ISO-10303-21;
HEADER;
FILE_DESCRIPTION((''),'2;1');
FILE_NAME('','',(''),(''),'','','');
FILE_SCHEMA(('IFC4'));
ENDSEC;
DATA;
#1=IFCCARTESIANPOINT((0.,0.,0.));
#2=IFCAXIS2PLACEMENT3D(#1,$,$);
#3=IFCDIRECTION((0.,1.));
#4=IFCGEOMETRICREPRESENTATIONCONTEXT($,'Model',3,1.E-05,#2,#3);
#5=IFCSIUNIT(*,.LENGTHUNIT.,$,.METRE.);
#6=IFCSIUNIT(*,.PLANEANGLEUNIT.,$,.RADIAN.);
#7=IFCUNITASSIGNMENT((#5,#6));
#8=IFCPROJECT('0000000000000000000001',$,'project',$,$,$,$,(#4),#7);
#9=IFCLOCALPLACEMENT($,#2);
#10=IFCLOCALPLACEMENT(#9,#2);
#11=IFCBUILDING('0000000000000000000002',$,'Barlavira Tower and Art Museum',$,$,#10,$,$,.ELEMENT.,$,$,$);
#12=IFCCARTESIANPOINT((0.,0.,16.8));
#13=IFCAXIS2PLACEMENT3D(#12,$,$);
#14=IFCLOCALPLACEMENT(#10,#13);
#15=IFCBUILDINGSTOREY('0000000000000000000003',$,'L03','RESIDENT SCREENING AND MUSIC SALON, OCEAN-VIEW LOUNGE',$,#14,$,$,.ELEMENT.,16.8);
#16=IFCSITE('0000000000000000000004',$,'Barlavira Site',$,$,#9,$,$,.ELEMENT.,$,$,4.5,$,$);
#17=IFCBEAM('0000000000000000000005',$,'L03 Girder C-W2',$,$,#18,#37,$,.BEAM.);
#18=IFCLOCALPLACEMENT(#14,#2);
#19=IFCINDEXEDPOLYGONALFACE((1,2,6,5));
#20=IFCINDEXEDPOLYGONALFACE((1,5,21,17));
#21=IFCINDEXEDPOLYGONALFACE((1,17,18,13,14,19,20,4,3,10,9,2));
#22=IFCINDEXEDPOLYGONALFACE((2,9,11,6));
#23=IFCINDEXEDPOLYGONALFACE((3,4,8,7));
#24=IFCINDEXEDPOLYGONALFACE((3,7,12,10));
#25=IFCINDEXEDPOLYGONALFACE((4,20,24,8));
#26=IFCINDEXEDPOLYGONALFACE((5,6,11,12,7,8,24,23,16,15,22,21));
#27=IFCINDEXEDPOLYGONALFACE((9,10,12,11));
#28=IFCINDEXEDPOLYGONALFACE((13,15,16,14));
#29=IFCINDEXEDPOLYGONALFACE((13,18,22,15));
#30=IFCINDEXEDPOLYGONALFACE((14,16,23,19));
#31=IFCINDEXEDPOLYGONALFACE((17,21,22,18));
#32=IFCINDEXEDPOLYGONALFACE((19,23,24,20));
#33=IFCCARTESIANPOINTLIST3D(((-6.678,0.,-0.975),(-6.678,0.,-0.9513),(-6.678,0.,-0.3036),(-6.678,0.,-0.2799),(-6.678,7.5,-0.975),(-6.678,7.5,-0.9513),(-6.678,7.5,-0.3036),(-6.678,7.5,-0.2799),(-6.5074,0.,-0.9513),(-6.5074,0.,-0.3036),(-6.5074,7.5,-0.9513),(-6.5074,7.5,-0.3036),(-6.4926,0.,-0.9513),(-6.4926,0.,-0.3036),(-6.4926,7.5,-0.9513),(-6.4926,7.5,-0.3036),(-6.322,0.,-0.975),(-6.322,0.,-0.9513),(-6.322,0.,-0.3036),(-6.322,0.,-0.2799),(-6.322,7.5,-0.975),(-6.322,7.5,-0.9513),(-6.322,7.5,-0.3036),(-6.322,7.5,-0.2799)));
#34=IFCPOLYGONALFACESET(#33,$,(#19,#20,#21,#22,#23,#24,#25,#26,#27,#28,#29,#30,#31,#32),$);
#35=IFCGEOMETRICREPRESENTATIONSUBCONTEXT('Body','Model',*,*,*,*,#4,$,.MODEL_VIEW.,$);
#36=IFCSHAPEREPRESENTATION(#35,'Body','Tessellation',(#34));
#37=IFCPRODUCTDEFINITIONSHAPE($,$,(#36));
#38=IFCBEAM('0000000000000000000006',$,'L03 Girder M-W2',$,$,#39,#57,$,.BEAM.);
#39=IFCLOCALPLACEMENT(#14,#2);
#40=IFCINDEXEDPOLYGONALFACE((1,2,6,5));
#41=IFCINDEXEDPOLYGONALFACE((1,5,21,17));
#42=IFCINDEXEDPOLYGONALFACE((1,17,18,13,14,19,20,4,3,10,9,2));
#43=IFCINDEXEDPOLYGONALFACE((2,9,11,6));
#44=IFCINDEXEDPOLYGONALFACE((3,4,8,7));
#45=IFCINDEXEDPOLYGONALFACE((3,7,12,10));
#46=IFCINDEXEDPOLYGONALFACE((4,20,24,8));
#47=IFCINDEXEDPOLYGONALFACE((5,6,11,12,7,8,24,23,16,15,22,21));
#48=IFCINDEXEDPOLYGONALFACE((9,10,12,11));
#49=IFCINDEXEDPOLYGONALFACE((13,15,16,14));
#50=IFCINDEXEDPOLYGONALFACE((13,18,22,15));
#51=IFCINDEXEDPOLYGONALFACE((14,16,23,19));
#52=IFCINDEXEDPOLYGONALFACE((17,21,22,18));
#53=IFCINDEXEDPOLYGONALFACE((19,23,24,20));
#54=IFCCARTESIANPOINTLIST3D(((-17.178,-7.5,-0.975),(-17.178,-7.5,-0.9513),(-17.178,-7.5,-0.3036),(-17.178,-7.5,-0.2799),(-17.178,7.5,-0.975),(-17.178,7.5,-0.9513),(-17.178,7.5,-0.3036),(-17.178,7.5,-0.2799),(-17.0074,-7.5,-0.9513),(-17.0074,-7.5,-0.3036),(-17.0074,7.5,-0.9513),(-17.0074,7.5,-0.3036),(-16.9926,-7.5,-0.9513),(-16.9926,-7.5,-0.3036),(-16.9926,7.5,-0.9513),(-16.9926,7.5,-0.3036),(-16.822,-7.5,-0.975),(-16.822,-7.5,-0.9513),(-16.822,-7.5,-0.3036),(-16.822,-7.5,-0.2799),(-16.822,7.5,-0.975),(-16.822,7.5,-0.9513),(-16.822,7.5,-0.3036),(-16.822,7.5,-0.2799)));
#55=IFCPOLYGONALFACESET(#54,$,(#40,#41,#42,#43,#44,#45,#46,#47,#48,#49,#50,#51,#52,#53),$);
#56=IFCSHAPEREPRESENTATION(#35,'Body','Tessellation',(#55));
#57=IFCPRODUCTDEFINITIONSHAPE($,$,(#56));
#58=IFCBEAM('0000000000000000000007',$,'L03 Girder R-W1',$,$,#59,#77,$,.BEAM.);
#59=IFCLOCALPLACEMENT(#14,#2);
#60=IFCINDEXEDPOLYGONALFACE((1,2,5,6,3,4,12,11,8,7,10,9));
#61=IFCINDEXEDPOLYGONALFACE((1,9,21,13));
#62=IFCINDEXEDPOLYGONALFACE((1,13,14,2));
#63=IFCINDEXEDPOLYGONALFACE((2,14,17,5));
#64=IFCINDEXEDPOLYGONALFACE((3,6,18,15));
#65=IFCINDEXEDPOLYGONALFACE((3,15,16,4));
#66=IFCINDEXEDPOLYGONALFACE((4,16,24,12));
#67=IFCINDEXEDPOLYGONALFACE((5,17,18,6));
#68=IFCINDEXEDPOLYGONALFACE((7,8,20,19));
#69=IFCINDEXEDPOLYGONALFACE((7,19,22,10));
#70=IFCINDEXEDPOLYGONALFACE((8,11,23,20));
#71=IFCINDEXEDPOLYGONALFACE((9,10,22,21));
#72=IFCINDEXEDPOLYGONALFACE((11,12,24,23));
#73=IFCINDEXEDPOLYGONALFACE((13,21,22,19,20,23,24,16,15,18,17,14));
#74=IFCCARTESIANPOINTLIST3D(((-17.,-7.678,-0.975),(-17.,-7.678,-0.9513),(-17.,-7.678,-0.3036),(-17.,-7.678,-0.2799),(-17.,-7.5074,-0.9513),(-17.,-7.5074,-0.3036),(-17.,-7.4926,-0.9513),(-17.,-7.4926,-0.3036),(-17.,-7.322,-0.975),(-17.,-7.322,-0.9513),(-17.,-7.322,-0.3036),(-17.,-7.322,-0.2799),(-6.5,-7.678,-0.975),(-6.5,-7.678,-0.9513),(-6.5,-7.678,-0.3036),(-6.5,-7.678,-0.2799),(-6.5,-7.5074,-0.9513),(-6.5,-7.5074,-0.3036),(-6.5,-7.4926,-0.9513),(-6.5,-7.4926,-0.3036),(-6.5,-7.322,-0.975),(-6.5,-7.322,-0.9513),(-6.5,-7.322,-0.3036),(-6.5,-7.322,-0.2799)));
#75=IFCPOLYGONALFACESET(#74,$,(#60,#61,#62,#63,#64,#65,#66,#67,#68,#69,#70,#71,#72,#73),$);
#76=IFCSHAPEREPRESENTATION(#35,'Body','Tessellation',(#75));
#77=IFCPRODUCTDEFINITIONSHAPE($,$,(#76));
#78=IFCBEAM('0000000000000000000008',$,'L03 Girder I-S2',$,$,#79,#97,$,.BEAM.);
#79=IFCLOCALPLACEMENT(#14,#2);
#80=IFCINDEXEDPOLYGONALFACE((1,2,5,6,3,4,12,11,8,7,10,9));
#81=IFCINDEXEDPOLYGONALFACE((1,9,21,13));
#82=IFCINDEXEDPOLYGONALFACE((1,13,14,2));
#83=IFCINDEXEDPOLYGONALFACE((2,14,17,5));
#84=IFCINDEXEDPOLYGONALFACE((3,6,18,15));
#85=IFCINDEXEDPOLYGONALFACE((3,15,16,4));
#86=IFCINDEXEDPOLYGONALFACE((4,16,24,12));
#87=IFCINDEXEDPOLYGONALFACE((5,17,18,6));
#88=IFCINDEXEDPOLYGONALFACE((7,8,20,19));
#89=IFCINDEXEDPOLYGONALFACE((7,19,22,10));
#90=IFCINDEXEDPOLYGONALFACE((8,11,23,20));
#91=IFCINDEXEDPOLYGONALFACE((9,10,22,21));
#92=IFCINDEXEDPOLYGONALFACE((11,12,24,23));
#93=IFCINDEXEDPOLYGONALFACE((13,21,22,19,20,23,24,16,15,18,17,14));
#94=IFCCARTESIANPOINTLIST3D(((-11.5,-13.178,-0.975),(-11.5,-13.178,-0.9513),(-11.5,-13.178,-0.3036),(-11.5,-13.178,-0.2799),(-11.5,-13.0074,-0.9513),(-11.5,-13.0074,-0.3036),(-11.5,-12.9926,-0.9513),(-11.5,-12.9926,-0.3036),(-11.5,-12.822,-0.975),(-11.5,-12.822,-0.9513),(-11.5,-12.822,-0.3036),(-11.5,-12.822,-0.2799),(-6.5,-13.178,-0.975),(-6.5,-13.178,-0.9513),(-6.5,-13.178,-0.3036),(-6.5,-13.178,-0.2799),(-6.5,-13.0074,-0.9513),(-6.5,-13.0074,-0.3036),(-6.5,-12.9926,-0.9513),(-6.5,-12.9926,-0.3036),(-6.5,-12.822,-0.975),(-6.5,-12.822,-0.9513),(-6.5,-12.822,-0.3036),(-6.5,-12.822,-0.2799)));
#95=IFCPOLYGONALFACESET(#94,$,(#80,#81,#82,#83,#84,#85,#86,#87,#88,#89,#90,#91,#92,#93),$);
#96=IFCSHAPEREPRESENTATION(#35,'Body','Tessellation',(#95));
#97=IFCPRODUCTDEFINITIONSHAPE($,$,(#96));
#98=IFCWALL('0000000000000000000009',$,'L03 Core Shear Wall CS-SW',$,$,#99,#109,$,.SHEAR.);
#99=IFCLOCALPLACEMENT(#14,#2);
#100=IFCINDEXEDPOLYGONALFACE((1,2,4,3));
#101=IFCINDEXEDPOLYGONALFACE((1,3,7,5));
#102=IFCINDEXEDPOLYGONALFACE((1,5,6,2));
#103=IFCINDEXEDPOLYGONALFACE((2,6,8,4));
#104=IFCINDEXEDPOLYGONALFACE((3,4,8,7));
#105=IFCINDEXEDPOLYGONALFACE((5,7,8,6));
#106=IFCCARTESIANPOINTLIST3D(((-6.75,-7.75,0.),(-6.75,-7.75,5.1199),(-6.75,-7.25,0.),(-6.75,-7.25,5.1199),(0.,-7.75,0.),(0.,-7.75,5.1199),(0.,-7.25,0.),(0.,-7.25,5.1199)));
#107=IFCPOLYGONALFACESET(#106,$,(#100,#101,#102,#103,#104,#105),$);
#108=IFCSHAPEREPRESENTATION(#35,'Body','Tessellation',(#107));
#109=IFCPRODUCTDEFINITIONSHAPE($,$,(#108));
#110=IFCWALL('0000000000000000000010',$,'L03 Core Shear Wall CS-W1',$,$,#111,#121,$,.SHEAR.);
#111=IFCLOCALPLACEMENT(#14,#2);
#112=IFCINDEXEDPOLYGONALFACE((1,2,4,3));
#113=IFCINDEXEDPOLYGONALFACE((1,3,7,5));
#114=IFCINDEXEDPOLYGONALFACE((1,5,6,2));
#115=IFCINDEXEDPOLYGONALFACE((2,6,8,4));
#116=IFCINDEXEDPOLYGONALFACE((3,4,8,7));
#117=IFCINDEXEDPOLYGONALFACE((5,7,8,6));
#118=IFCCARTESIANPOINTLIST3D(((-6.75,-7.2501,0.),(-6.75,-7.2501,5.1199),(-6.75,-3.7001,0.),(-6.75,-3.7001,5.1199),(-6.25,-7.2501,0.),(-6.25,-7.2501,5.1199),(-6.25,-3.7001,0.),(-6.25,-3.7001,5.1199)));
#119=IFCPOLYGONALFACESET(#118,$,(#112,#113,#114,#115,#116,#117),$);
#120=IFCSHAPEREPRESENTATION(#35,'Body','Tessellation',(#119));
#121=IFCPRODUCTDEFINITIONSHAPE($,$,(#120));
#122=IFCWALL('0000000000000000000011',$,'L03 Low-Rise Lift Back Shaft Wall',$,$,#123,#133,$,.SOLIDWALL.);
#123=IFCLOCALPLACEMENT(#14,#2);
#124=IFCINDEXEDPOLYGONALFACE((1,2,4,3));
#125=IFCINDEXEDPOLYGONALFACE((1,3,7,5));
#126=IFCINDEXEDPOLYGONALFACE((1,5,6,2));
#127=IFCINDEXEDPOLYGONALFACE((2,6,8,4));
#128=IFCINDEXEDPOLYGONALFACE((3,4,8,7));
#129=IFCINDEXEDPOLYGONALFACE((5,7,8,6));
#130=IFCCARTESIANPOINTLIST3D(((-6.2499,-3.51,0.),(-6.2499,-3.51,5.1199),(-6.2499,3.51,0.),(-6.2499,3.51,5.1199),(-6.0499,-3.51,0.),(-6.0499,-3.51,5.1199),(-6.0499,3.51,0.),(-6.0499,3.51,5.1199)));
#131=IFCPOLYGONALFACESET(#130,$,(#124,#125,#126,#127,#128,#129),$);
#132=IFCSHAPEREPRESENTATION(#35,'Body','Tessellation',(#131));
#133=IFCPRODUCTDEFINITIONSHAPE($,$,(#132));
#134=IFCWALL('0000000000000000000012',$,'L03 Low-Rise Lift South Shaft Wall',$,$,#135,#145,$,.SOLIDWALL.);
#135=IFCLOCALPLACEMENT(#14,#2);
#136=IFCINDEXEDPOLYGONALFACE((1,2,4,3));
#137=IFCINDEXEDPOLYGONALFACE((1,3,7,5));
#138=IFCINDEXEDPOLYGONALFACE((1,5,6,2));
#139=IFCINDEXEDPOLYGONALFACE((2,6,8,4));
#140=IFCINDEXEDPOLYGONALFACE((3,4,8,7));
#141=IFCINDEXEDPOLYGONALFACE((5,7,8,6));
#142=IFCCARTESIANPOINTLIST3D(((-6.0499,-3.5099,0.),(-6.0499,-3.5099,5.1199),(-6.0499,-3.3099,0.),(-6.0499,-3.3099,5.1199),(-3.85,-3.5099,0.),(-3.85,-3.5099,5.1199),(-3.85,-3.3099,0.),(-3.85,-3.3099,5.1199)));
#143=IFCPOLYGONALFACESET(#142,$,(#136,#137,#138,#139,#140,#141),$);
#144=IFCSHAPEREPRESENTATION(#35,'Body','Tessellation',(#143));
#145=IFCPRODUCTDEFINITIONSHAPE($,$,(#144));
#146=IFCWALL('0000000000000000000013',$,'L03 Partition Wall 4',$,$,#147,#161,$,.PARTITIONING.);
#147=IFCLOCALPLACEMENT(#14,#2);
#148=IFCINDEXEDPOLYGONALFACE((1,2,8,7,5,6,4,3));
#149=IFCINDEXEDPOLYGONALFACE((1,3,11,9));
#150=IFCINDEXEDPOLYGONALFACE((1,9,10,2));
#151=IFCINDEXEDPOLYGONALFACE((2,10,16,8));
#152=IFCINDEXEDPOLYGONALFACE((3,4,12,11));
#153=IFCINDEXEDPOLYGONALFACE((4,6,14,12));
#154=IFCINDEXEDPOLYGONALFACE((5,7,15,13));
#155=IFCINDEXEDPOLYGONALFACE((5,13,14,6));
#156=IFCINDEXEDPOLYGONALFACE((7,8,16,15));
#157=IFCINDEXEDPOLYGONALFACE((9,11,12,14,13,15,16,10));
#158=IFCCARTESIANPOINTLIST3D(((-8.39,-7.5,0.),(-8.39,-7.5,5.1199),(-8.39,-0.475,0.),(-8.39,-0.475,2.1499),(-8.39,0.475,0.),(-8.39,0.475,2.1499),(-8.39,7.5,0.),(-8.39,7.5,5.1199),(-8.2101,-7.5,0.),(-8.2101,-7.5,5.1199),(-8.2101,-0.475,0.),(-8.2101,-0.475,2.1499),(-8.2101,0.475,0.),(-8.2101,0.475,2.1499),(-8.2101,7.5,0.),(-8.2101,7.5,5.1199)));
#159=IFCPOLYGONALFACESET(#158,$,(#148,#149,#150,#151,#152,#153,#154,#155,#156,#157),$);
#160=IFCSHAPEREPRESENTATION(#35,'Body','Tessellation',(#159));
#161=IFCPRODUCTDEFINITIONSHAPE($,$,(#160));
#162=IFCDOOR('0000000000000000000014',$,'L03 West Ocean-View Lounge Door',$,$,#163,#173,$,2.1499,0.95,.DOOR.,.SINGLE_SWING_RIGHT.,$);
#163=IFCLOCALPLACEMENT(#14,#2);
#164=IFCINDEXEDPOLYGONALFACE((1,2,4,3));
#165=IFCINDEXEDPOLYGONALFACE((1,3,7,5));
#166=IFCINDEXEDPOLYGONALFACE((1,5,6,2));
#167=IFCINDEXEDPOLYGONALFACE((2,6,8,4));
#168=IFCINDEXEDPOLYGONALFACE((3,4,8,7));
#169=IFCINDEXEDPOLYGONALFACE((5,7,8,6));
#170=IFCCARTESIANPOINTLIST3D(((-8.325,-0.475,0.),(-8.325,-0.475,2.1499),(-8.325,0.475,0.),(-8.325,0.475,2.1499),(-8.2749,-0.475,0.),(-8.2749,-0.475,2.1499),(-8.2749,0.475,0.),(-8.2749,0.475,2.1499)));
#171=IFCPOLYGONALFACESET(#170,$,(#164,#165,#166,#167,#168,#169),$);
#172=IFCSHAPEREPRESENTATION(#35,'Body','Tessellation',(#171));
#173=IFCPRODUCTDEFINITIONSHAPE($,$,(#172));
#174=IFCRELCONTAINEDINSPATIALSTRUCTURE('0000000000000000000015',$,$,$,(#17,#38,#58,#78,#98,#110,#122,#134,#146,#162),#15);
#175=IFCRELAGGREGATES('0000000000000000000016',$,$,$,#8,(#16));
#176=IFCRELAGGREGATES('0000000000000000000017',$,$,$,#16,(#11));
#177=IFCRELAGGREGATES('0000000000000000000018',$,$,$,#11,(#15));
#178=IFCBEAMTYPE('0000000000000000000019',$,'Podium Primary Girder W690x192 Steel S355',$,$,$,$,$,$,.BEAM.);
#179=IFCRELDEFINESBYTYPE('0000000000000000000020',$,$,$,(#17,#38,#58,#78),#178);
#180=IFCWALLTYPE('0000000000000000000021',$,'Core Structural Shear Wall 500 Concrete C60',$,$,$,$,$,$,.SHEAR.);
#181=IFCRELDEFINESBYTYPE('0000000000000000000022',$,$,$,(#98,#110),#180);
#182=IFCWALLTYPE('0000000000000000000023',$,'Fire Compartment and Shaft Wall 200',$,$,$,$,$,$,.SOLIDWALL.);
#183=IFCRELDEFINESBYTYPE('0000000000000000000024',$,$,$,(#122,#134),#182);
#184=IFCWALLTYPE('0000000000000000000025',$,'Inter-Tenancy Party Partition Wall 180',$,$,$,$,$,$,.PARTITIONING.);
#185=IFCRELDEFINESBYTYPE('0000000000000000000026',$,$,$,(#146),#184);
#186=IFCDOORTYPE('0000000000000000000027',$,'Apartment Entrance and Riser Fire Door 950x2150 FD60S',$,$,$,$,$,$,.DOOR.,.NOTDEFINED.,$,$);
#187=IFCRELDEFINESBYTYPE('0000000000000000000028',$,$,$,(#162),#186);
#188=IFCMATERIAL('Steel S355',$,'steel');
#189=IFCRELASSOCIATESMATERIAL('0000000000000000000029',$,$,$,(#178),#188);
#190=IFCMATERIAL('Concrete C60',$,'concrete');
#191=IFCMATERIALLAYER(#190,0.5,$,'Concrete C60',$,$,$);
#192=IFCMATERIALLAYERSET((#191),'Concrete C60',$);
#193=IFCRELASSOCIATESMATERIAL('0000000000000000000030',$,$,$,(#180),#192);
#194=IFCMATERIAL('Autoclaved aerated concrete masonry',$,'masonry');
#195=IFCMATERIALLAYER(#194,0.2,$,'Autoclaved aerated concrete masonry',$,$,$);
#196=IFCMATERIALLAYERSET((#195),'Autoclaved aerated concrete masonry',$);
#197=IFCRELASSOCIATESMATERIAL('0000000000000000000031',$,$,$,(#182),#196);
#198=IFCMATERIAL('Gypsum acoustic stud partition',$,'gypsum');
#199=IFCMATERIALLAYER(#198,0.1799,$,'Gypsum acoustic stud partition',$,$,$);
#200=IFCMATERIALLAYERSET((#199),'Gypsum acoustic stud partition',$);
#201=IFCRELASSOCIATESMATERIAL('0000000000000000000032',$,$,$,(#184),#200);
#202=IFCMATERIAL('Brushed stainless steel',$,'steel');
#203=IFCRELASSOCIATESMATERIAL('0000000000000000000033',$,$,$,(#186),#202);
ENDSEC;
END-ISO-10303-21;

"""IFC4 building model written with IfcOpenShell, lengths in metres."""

from ifc_helpers import new_model, si_unit, direction, frame, frame_2d, origin, origin_2d, place, context, subcontext, project, spatial, rectangle, i_section, extrude, material, layer, layer_set, material_profile, profile_set, type_object, element, fill, save


model = new_model("IFC4")

# Units and contexts
model_context = context("Model", 3, precision=1e-05, world=origin(), true_north=direction((0.0, 1.0)))
body_context = subcontext(model_context, "Body", "Model", "MODEL_VIEW")
ifc_project = project(units=[si_unit("LENGTHUNIT", "METRE"), si_unit("PLANEANGLEUNIT", "RADIAN")], contexts=[model_context])

# Site, building, storey
site_placement = place(None, origin())
site = spatial("IfcSite", under=ifc_project, at=site_placement, Name="Barlavira Site", CompositionType="ELEMENT", RefElevation=4.5)
building_placement = place(site_placement, origin())
building = spatial("IfcBuilding", under=site, at=building_placement, Name="Barlavira Tower and Art Museum", CompositionType="ELEMENT")
storey_placement = place(building_placement, frame((0.0, 0.0, 16.8)))
storey = spatial("IfcBuildingStorey", under=building, at=storey_placement, Name="L03", Description="RESIDENT SCREENING AND MUSIC SALON, OCEAN-VIEW LOUNGE", CompositionType="ELEMENT", Elevation=16.8)

# Shared definitions
ifc_material_1 = material(Name="Steel S355", Category="steel")
ifc_material_2 = material(Name="Concrete C60", Category="concrete")

# Beams
ifc_material_profile_1 = material_profile(ifc_material_1, i_section(OverallWidth=0.356, OverallDepth=0.6951, WebThickness=0.0149, FlangeThickness=0.0237, at=origin_2d()), Name="W690x192.0")
ifc_profile_set_1 = profile_set([ifc_material_profile_1], Name="Steel S355")
beam_type_1 = type_object("IfcBeamType", Name="Podium Primary Girder W690x192 Steel S355", PredefinedType="BEAM", material=ifc_profile_set_1)
for number, where, z_axis, x_axis, name in (
    (1, (-6.5, 0.0, -0.6274), (0.0, 1.0, 0.0), (-1.0, 0.0, 0.0), "L03 Girder C-W2"),
):
    element("IfcBeam", number, at=place(storey_placement, frame(where, z_axis=z_axis, x_axis=x_axis)), inside=storey, type_object=beam_type_1, Name=name, PredefinedType="BEAM", context=body_context, shape_type="SweptSolid", body=[
        extrude(i_section(OverallWidth=0.356, OverallDepth=0.6951, WebThickness=0.0149, FlangeThickness=0.0237, at=origin_2d()), origin(), (0.0, 0.0, 1.0), 7.5),
    ])
beam_1_placement = place(storey_placement, frame((-17.0, -7.5, -0.6274), z_axis=(0.0, 1.0, 0.0), x_axis=(-1.0, 0.0, 0.0)))
element("IfcBeam", 2, at=beam_1_placement, inside=storey, type_object=beam_type_1, Name="L03 Girder M-W2", PredefinedType="BEAM", context=body_context, shape_type="SweptSolid", body=[
    extrude(i_section(OverallWidth=0.356, OverallDepth=0.6951, WebThickness=0.0149, FlangeThickness=0.0237, at=origin_2d()), origin(), (0.0, 0.0, 1.0), 15.0),
])
beam_2_placement = place(storey_placement, frame((-17.0, -7.5, -0.6274), z_axis=(1.0, 0.0, 0.0), x_axis=(0.0, 1.0, 0.0)))
element("IfcBeam", 3, at=beam_2_placement, inside=storey, type_object=beam_type_1, Name="L03 Girder R-W1", PredefinedType="BEAM", context=body_context, shape_type="SweptSolid", body=[
    extrude(i_section(OverallWidth=0.356, OverallDepth=0.6951, WebThickness=0.0149, FlangeThickness=0.0237, at=origin_2d()), origin(), (0.0, 0.0, 1.0), 10.5),
])
beam_3_placement = place(storey_placement, frame((-11.5, -13.0, -0.6274), z_axis=(1.0, 0.0, 0.0), x_axis=(0.0, 1.0, 0.0)))
element("IfcBeam", 4, at=beam_3_placement, inside=storey, type_object=beam_type_1, Name="L03 Girder I-S2", PredefinedType="BEAM", context=body_context, shape_type="SweptSolid", body=[
    extrude(i_section(OverallWidth=0.356, OverallDepth=0.6951, WebThickness=0.0149, FlangeThickness=0.0237, at=origin_2d()), origin(), (0.0, 0.0, 1.0), 5.0),
])

# Walls
ifc_layer_1 = layer(ifc_material_2, 0.5, Name="Concrete C60")
ifc_layer_set_1 = layer_set([ifc_layer_1], Name="Concrete C60")
wall_type_1 = type_object("IfcWallType", Name="Core Structural Shear Wall 500 Concrete C60", PredefinedType="SHEAR", material=ifc_layer_set_1)
wall_1_placement = place(storey_placement, frame((-6.75, -7.5, 0.0), z_axis=(0.0, 0.0, 1.0), x_axis=(1.0, 0.0, 0.0)))
element("IfcWall", 5, at=wall_1_placement, inside=storey, type_object=wall_type_1, Name="L03 Core Shear Wall CS-SW", PredefinedType="SHEAR", context=body_context, shape_type="SweptSolid", body=[
    extrude(rectangle(XDim=6.75, YDim=0.5, at=frame_2d((3.375, 0.0))), origin(), (0.0, 0.0, 1.0), 5.1199),
])
wall_2_placement = place(storey_placement, frame((-6.5, -7.25, 0.0), z_axis=(0.0, 0.0, 1.0), x_axis=(0.0, 1.0, 0.0)))
element("IfcWall", 6, at=wall_2_placement, inside=storey, type_object=wall_type_1, Name="L03 Core Shear Wall CS-W1", PredefinedType="SHEAR", context=body_context, shape_type="SweptSolid", body=[
    extrude(rectangle(XDim=3.55, YDim=0.5, at=frame_2d((1.7749, 0.0))), origin(), (0.0, 0.0, 1.0), 5.1199),
])
ifc_material_3 = material(Name="Autoclaved aerated concrete masonry", Category="masonry")
ifc_layer_2 = layer(ifc_material_3, 0.2, Name="Autoclaved aerated concrete masonry")
ifc_layer_set_2 = layer_set([ifc_layer_2], Name="Autoclaved aerated concrete masonry")
wall_type_2 = type_object("IfcWallType", Name="Fire Compartment and Shaft Wall 200", PredefinedType="SOLIDWALL", material=ifc_layer_set_2)
wall_3_placement = place(storey_placement, frame((-6.1499, -3.51, 0.0), z_axis=(0.0, 0.0, 1.0), x_axis=(0.0, 1.0, 0.0)))
element("IfcWall", 7, at=wall_3_placement, inside=storey, type_object=wall_type_2, Name="L03 Low-Rise Lift Back Shaft Wall", PredefinedType="SOLIDWALL", context=body_context, shape_type="SweptSolid", body=[
    extrude(rectangle(XDim=7.02, YDim=0.2, at=frame_2d((3.51, 0.0))), origin(), (0.0, 0.0, 1.0), 5.1199),
])
wall_4_placement = place(storey_placement, frame((-6.05, -3.4099, 0.0), z_axis=(0.0, 0.0, 1.0), x_axis=(1.0, 0.0, 0.0)))
element("IfcWall", 8, at=wall_4_placement, inside=storey, type_object=wall_type_2, Name="L03 Low-Rise Lift South Shaft Wall", PredefinedType="SOLIDWALL", context=body_context, shape_type="SweptSolid", body=[
    extrude(rectangle(XDim=2.2, YDim=0.2, at=frame_2d((1.1001, 0.0))), origin(), (0.0, 0.0, 1.0), 5.1199),
])

# Wall, opening, door
ifc_material_4 = material(Name="Gypsum acoustic stud partition", Category="gypsum")
ifc_layer_3 = layer(ifc_material_4, 0.1799, Name="Gypsum acoustic stud partition")
ifc_layer_set_3 = layer_set([ifc_layer_3], Name="Gypsum acoustic stud partition")
wall_type_3 = type_object("IfcWallType", Name="Inter-Tenancy Party Partition Wall 180", PredefinedType="PARTITIONING", material=ifc_layer_set_3)
wall_5_placement = place(storey_placement, frame((-8.3, -7.5, 0.0), z_axis=(0.0, 0.0, 1.0), x_axis=(0.0, 1.0, 0.0)))
wall_5 = element("IfcWall", 9, at=wall_5_placement, inside=storey, type_object=wall_type_3, Name="L03 Partition Wall 4", PredefinedType="PARTITIONING", context=body_context, shape_type="SweptSolid", body=[
    extrude(rectangle(XDim=15.0, YDim=0.1799, at=frame_2d((7.5, 0.0))), origin(), (0.0, 0.0, 1.0), 5.1199),
])
opening_1_placement = place(wall_5_placement, frame((7.0249, 0.0, 0.0)))
opening_1 = element("IfcOpeningElement", 10, at=opening_1_placement, cuts=wall_5, PredefinedType="OPENING", context=body_context, shape_type="SweptSolid", body=[
    extrude(rectangle(XDim=0.95, YDim=2.1499, at=frame_2d((0.4751, 1.075))), frame((0.0, 0.1001, 0.0), z_axis=(0.0, -1.0, 0.0), x_axis=(1.0, 0.0, 0.0)), (0.0, 0.0, 1.0), 0.2),
])
ifc_material_5 = material(Name="Brushed stainless steel", Category="steel")
door_type = type_object("IfcDoorType", Name="Apartment Entrance and Riser Fire Door 950x2150 FD60S", OperationType="NOTDEFINED", PredefinedType="DOOR", material=ifc_material_5)
door_1_placement = place(opening_1_placement, origin())
door_1 = element("IfcDoor", 11, at=door_1_placement, inside=storey, type_object=door_type, Name="L03 West Ocean-View Lounge Door", OperationType="SINGLE_SWING_RIGHT", OverallHeight=2.1499, OverallWidth=0.95, PredefinedType="DOOR", context=body_context, shape_type="SweptSolid", body=[
    extrude(rectangle(XDim=0.95, YDim=2.1499, at=frame_2d((0.4751, 1.075))), frame((0.0, 0.0249, 0.0), z_axis=(0.0, -1.0, 0.0), x_axis=(1.0, 0.0, 0.0)), (0.0, 0.0, 1.0), 0.05),
])
fill(opening_1, door_1)

save(model, "model.ifc")
